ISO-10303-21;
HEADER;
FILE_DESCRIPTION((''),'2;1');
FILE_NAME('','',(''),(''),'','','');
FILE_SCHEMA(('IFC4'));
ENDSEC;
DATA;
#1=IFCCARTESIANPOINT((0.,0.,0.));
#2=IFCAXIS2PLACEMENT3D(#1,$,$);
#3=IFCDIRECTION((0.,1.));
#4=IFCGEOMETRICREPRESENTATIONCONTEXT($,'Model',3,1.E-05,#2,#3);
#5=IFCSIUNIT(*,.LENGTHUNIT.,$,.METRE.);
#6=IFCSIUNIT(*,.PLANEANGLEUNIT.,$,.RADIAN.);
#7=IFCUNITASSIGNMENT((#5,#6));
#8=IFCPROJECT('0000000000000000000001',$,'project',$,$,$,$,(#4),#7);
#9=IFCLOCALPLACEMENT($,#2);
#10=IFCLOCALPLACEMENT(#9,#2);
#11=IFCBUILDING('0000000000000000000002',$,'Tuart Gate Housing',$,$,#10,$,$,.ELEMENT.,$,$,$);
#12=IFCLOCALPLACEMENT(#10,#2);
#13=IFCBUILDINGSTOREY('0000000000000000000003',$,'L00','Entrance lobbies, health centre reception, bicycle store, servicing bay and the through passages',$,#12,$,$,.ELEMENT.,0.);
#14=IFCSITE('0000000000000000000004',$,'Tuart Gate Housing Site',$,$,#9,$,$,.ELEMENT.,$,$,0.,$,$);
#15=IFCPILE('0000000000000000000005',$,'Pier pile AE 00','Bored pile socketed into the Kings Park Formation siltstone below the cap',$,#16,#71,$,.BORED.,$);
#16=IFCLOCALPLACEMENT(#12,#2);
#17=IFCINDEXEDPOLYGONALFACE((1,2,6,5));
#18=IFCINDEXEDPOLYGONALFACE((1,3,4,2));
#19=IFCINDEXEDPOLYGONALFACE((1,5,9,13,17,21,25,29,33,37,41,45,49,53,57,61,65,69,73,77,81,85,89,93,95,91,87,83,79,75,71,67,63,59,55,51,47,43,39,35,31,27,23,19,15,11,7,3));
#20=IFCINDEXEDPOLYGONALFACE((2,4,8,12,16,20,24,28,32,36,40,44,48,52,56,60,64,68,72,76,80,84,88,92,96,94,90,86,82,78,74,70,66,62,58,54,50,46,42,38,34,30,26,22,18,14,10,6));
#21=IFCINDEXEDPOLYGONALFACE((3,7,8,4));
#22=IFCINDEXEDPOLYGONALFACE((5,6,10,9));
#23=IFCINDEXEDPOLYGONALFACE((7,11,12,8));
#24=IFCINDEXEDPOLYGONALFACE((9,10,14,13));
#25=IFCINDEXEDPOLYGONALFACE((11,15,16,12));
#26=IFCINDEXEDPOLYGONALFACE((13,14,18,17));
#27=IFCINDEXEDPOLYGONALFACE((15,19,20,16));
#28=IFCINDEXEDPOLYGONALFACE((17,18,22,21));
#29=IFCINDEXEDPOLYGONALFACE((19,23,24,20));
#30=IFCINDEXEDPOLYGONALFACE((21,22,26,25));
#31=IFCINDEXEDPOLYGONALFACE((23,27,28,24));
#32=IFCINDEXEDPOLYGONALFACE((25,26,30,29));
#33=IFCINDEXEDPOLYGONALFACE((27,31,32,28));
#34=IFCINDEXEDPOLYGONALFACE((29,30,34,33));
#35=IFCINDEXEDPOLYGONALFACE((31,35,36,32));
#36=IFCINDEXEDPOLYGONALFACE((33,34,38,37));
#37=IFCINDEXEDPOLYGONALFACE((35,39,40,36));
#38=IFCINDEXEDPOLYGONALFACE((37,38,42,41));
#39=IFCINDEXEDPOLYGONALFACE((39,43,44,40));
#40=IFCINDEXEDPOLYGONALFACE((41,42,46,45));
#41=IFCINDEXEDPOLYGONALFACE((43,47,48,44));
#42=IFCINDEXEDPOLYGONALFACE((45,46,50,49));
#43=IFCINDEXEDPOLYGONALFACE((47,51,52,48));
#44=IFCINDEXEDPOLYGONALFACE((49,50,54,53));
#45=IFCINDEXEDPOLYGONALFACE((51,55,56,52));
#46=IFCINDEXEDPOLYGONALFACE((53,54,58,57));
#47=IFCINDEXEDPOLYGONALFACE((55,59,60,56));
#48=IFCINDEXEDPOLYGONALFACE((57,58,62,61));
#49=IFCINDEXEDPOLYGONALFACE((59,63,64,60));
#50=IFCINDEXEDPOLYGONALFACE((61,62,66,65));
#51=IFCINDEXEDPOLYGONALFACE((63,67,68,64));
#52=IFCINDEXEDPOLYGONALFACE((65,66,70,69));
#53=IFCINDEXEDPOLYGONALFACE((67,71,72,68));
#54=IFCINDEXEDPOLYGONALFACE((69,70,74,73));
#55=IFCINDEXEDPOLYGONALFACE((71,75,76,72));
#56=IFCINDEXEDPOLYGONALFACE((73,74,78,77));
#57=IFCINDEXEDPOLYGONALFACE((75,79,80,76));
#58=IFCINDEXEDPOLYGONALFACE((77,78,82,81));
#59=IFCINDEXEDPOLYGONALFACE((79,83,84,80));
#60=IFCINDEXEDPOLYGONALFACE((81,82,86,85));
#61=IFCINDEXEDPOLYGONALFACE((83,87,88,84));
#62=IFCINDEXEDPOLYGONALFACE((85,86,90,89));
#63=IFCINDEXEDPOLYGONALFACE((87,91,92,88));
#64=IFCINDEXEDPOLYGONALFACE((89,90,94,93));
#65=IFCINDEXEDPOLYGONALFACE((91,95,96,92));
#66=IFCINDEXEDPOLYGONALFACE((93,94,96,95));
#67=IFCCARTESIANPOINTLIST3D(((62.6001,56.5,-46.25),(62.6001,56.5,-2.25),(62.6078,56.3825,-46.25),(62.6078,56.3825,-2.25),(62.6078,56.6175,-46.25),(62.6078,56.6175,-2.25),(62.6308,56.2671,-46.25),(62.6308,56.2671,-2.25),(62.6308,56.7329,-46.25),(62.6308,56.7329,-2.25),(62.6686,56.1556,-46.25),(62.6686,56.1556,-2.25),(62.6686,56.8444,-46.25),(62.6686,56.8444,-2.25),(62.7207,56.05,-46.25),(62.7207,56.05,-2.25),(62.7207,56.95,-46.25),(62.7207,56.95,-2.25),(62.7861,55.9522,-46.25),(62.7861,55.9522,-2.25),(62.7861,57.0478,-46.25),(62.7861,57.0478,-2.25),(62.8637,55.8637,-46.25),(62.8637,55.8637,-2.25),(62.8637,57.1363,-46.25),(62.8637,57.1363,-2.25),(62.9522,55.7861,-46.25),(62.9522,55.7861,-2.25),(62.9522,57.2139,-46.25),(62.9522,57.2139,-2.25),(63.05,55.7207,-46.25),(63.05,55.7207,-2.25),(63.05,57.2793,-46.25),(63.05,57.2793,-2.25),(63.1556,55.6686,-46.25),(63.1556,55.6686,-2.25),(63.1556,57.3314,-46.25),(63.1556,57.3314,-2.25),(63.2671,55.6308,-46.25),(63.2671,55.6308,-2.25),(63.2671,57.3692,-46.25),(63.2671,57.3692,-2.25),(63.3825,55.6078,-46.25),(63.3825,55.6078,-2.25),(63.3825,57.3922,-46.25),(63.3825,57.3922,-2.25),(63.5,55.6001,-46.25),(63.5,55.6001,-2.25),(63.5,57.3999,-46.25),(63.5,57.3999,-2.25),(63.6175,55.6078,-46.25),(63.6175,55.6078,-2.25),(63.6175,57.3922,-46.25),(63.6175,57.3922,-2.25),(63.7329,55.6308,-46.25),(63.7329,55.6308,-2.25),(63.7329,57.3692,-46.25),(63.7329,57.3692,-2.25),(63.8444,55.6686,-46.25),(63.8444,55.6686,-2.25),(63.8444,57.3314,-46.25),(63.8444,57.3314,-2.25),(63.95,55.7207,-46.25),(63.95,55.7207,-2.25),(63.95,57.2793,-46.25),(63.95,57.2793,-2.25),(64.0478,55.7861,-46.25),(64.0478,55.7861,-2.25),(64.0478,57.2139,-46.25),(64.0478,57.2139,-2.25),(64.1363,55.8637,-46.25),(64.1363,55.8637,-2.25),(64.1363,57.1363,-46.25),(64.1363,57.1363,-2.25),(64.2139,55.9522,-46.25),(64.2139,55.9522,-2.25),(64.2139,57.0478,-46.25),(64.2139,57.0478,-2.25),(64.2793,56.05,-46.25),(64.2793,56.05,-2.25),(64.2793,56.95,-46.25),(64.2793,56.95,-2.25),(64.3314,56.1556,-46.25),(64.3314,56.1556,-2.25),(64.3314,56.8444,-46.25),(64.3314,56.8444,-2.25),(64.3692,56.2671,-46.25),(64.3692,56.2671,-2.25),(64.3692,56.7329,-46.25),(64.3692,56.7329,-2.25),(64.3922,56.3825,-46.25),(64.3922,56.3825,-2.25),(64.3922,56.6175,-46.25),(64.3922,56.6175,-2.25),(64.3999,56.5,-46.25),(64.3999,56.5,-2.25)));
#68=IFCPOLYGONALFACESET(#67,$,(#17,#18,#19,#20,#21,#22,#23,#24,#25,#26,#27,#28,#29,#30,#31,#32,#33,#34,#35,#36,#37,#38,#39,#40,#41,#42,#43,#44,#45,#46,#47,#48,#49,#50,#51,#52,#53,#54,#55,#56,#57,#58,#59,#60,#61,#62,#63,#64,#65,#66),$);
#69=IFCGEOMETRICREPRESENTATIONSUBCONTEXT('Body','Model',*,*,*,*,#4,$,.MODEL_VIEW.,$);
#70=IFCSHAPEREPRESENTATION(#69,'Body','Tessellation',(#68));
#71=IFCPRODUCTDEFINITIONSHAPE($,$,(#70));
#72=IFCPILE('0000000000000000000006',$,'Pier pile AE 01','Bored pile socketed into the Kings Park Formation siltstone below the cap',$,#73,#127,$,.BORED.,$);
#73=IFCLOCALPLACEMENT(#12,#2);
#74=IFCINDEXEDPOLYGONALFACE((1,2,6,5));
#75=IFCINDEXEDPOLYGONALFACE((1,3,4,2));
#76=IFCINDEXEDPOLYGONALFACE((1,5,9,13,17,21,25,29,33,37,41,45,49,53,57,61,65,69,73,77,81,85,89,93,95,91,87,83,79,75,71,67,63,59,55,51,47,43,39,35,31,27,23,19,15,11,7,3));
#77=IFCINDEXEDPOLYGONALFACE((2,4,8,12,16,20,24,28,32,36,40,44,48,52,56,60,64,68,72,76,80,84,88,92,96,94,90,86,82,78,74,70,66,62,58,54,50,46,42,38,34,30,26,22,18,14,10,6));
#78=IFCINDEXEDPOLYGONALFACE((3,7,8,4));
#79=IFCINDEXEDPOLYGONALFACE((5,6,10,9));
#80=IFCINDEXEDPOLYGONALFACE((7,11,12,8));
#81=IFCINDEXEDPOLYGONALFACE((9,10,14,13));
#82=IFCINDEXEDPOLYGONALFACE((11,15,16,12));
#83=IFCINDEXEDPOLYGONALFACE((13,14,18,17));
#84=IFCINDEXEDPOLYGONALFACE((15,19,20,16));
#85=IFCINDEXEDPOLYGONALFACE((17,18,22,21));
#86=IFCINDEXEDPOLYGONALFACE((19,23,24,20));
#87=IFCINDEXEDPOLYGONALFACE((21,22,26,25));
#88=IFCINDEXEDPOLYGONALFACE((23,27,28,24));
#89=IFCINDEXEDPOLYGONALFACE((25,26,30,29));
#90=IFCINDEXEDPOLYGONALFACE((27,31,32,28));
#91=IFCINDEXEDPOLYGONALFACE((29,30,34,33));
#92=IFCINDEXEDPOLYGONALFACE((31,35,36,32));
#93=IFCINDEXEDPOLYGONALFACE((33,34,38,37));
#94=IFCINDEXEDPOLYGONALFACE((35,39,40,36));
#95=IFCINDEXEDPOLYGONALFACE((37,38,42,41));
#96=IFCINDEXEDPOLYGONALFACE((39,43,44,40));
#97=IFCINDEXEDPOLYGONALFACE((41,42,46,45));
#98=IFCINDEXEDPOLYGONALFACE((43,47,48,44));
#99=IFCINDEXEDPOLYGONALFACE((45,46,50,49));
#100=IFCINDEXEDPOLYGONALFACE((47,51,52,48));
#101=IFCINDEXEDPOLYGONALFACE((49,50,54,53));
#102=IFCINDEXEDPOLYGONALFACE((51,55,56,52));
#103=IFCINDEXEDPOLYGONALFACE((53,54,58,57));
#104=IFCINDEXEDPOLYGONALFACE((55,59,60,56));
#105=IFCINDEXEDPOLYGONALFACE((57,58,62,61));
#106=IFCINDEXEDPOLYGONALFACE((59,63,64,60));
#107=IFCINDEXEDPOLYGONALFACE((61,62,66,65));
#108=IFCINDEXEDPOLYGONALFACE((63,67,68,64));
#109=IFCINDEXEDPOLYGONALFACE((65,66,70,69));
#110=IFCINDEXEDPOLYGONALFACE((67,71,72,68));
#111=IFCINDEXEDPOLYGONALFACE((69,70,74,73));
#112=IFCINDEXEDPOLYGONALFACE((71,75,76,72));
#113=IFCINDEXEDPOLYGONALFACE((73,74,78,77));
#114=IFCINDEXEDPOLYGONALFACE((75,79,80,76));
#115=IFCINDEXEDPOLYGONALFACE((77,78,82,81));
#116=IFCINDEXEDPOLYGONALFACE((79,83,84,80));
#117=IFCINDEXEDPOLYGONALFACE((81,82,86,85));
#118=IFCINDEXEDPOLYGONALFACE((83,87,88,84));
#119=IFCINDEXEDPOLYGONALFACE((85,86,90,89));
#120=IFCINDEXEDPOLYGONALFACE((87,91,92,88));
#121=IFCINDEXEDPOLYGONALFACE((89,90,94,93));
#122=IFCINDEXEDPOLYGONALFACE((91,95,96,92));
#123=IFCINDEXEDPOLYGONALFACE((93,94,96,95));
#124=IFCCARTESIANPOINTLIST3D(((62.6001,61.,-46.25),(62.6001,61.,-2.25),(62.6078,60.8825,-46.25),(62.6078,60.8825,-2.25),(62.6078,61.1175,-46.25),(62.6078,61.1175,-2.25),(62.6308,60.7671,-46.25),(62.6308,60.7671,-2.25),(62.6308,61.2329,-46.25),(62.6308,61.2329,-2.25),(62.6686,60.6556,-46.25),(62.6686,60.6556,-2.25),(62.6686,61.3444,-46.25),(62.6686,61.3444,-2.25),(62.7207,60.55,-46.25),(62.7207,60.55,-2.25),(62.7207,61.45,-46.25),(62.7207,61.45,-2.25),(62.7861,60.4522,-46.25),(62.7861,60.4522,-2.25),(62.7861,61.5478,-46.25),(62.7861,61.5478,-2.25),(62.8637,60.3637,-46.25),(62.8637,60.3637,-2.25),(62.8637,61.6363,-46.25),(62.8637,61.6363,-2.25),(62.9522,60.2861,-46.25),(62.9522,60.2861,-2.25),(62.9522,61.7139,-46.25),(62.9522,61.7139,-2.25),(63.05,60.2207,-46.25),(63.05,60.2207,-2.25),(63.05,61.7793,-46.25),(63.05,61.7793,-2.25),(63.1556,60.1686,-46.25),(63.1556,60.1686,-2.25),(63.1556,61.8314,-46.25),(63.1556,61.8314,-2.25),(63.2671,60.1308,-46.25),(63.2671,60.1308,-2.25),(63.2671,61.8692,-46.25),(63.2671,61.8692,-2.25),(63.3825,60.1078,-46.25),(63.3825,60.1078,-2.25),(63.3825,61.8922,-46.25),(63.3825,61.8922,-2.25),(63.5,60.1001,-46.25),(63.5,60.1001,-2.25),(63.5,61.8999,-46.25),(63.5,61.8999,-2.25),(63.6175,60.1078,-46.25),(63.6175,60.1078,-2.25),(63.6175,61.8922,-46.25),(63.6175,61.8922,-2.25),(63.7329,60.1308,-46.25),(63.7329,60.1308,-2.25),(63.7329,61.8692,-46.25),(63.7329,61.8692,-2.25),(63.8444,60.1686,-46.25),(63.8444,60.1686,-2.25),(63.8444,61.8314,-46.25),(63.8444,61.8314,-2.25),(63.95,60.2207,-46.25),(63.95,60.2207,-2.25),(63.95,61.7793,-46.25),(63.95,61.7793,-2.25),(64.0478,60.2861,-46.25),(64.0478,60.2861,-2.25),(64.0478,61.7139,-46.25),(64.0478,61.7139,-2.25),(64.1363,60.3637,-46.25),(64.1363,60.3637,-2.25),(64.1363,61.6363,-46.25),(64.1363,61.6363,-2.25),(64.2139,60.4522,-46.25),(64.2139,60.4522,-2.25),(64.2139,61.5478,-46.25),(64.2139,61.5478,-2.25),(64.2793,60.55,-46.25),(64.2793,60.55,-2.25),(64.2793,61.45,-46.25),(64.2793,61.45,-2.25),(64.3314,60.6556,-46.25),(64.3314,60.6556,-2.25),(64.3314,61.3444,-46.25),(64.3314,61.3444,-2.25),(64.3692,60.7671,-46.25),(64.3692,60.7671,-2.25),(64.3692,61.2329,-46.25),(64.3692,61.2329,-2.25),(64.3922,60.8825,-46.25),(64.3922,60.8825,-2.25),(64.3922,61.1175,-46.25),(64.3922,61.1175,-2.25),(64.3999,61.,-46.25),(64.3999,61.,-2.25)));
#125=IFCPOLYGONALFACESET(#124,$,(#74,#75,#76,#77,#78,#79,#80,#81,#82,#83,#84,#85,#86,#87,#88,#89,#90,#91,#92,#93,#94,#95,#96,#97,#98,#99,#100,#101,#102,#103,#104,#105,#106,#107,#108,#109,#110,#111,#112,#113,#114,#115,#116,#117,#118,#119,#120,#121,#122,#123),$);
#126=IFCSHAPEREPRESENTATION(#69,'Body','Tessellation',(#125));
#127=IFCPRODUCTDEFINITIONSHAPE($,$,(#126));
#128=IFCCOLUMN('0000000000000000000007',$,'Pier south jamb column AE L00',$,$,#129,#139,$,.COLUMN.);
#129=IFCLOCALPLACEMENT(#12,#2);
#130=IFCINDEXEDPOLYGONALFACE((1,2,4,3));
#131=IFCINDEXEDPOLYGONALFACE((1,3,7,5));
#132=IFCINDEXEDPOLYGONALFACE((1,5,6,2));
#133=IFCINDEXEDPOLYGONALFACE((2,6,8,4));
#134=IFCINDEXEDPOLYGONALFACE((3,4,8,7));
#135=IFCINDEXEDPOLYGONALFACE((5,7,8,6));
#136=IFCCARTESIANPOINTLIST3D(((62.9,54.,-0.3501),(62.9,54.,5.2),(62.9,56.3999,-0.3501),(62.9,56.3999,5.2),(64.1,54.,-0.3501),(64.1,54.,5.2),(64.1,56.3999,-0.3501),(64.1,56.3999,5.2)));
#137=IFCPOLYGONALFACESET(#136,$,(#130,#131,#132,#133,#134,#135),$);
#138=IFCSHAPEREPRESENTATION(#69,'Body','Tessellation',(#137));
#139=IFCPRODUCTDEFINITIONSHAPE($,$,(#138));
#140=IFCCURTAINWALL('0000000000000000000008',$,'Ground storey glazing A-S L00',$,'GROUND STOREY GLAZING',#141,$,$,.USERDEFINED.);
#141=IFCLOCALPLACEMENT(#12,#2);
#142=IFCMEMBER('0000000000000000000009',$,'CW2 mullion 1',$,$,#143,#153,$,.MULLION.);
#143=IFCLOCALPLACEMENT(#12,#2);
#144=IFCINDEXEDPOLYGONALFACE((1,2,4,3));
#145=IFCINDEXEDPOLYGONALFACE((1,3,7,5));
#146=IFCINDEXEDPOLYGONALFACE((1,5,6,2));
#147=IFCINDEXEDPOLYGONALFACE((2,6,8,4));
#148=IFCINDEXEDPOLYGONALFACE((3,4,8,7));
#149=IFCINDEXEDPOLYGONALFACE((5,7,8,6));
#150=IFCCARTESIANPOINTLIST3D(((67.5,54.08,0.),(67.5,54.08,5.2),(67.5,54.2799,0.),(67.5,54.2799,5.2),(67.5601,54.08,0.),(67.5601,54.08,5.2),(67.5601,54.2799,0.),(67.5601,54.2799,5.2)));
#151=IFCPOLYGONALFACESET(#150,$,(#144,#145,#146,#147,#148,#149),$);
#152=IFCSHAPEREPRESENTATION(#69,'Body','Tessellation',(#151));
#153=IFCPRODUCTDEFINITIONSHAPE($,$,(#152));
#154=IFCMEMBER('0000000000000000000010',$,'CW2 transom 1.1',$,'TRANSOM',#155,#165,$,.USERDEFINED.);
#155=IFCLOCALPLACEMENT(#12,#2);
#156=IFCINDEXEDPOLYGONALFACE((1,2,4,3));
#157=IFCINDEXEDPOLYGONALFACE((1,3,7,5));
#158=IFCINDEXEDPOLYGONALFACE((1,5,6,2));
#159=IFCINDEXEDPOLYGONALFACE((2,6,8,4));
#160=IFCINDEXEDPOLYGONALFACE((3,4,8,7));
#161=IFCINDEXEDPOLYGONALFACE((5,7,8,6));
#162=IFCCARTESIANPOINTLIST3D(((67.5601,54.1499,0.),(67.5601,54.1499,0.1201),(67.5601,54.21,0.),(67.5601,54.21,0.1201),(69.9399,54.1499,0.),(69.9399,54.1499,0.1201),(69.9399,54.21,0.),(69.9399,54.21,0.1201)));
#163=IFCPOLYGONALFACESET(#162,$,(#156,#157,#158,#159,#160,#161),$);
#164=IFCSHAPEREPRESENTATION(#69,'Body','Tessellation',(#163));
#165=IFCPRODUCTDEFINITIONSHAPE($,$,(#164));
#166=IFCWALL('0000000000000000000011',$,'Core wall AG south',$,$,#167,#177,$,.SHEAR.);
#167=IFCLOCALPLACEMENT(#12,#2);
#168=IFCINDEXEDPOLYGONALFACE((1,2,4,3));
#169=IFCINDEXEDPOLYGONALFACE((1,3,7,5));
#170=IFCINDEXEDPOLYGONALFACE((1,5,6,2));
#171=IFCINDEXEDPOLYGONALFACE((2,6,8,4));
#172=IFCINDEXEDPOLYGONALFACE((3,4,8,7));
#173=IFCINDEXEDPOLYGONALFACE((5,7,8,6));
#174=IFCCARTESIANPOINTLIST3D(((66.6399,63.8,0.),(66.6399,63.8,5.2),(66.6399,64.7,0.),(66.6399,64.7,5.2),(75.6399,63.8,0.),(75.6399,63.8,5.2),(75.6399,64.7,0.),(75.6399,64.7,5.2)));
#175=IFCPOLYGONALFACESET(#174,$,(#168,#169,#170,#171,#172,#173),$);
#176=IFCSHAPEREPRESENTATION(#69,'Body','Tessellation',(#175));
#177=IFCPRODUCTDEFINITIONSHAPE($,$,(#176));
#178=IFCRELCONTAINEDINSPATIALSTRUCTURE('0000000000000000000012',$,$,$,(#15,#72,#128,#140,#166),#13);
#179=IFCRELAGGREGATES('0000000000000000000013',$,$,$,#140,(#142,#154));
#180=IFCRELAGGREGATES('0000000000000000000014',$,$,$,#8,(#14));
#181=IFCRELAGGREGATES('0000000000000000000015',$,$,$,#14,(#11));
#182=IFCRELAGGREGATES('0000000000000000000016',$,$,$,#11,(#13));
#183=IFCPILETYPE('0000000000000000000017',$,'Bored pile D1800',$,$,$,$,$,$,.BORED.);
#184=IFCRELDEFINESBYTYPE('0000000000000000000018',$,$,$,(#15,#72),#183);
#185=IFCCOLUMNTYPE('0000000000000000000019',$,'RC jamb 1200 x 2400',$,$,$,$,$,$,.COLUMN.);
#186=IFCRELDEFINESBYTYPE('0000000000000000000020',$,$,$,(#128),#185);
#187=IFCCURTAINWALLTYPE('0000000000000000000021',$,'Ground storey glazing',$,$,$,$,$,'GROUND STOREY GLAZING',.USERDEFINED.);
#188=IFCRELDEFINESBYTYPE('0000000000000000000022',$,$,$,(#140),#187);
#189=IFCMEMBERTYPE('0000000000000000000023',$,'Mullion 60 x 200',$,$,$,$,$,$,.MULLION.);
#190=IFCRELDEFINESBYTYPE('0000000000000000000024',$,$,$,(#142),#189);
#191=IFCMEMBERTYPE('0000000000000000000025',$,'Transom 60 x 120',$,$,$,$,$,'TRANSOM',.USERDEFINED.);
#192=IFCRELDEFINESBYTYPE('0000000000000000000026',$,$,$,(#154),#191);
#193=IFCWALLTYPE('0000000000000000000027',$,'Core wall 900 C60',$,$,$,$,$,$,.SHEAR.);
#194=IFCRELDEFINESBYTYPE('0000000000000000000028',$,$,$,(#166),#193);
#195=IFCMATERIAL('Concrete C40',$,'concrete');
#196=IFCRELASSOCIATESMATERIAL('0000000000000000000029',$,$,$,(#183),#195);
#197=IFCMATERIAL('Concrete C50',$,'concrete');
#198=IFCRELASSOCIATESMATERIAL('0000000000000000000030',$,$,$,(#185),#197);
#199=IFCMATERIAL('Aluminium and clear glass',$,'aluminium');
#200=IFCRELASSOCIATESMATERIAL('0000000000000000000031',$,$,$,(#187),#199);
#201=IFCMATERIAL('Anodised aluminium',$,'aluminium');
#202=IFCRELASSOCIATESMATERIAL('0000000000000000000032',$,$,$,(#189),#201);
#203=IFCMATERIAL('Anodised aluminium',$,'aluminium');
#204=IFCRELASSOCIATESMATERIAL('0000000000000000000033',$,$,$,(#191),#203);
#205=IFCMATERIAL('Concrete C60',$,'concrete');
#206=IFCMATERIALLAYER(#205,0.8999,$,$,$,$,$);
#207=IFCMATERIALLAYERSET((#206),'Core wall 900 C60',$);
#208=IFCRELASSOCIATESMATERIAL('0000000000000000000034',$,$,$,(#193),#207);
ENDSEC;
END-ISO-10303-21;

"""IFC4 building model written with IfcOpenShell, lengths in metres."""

from ifc_helpers import new_model, si_unit, direction, frame, frame_2d, origin, origin_2d, place, context, subcontext, project, spatial, rectangle, circle, extrude, material, layer, layer_set, material_profile, profile_set, type_object, element, aggregate, save


model = new_model("IFC4")

# Units and contexts
model_context = context("Model", 3, precision=1e-05, world=origin(), true_north=direction((0.0, 1.0)))
body_context = subcontext(model_context, "Body", "Model", "MODEL_VIEW")
ifc_project = project(units=[si_unit("LENGTHUNIT", "METRE"), si_unit("PLANEANGLEUNIT", "RADIAN")], contexts=[model_context])

# Site, building, storey
site_placement = place(None, origin())
site = spatial("IfcSite", under=ifc_project, at=site_placement, Name="Tuart Gate Housing Site", CompositionType="ELEMENT", RefElevation=0.0)
building_placement = place(site_placement, origin())
building = spatial("IfcBuilding", under=site, at=building_placement, Name="Tuart Gate Housing", CompositionType="ELEMENT")
storey_placement = place(building_placement, origin())
storey = spatial("IfcBuildingStorey", under=building, at=storey_placement, Name="L00", Description="Entrance lobbies, health centre reception, bicycle store, servicing bay and the through passages", CompositionType="ELEMENT", Elevation=0.0)

# Piles
ifc_material_1 = material(Name="Concrete C40", Category="concrete")
ifc_material_profile_1 = material_profile(ifc_material_1, circle(Radius=0.8999, at=origin_2d()), Name="Bored pile D1800")
ifc_profile_set_1 = profile_set([ifc_material_profile_1], Name="Concrete C40")
pile_type = type_object("IfcPileType", Name="Bored pile D1800", PredefinedType="BORED", material=ifc_profile_set_1)
for number, where, z_axis, x_axis, name in (
    (1, (63.5, 56.5, -2.25), (0.0, 0.0, -1.0), (1.0, 0.0, 0.0), "Pier pile AE 00"),
    (2, (63.5, 61.0, -2.25), (0.0, 0.0, -1.0), (1.0, 0.0, 0.0), "Pier pile AE 01"),
):
    element("IfcPile", number, at=place(storey_placement, frame(where, z_axis=z_axis, x_axis=x_axis)), inside=storey, type_object=pile_type, Name=name, Description="Bored pile socketed into the Kings Park Formation siltstone below the cap", PredefinedType="BORED", context=body_context, shape_type="SweptSolid", body=[
        extrude(circle(Radius=0.8999, at=origin_2d()), origin(), (0.0, 0.0, 1.0), 44.0),
    ])

# Column
ifc_material_2 = material(Name="Concrete C50", Category="concrete")
ifc_material_profile_2 = material_profile(ifc_material_2, rectangle(XDim=1.2, YDim=2.3999, at=origin_2d()), Name="RC jamb 1200 x 2400")
ifc_profile_set_2 = profile_set([ifc_material_profile_2], Name="Concrete C50")
column_type = type_object("IfcColumnType", Name="RC jamb 1200 x 2400", PredefinedType="COLUMN", material=ifc_profile_set_2)
column_placement = place(storey_placement, frame((63.5, 55.2, -0.3501), z_axis=(0.0, 0.0, 1.0), x_axis=(1.0, 0.0, 0.0)))
element("IfcColumn", 3, at=column_placement, inside=storey, type_object=column_type, Name="Pier south jamb column AE L00", PredefinedType="COLUMN", context=body_context, shape_type="SweptSolid", body=[
    extrude(rectangle(XDim=1.2, YDim=2.3999, at=origin_2d()), origin(), (0.0, 0.0, 1.0), 5.55),
])

# Curtain wall, members
ifc_material_3 = material(Name="Aluminium and clear glass", Category="aluminium")
curtain_wall_type = type_object("IfcCurtainWallType", Name="Ground storey glazing", ElementType="GROUND STOREY GLAZING", PredefinedType="USERDEFINED", material=ifc_material_3)
curtain_wall_placement = place(storey_placement, origin())
curtain_wall = element("IfcCurtainWall", 4, at=curtain_wall_placement, inside=storey, type_object=curtain_wall_type, Name="Ground storey glazing A-S L00", ObjectType="GROUND STOREY GLAZING", PredefinedType="USERDEFINED")
ifc_material_4 = material(Name="Anodised aluminium", Category="aluminium")
ifc_material_profile_3 = material_profile(ifc_material_4, rectangle(XDim=0.0601, YDim=0.2, at=origin_2d()), Name="60x200")
ifc_profile_set_3 = profile_set([ifc_material_profile_3], Name="Anodised aluminium")
member_type_1 = type_object("IfcMemberType", Name="Mullion 60 x 200", PredefinedType="MULLION", material=ifc_profile_set_3)
member_1_placement = place(storey_placement, frame((67.53, 54.1799, 0.0), z_axis=(0.0, 0.0, 1.0), x_axis=(1.0, 0.0, 0.0)))
member_1 = element("IfcMember", 5, at=member_1_placement, type_object=member_type_1, Name="CW2 mullion 1", PredefinedType="MULLION", context=body_context, shape_type="SweptSolid", body=[
    extrude(rectangle(XDim=0.0601, YDim=0.2, at=origin_2d()), origin(), (0.0, 0.0, 1.0), 5.2),
])
ifc_material_5 = material(Name="Anodised aluminium", Category="aluminium")
ifc_material_profile_4 = material_profile(ifc_material_5, rectangle(XDim=0.0601, YDim=0.1201, at=origin_2d()), Name="60x120")
ifc_profile_set_4 = profile_set([ifc_material_profile_4], Name="Anodised aluminium")
member_type_2 = type_object("IfcMemberType", Name="Transom 60 x 120", ElementType="TRANSOM", PredefinedType="USERDEFINED", material=ifc_profile_set_4)
member_2_placement = place(storey_placement, frame((67.5601, 54.1799, 0.0601), z_axis=(1.0, 0.0, 0.0), x_axis=(0.0, 1.0, 0.0)))
member_2 = element("IfcMember", 6, at=member_2_placement, type_object=member_type_2, Name="CW2 transom 1.1", ObjectType="TRANSOM", PredefinedType="USERDEFINED", context=body_context, shape_type="SweptSolid", body=[
    extrude(rectangle(XDim=0.0601, YDim=0.1201, at=origin_2d()), origin(), (0.0, 0.0, 1.0), 2.3799),
])
aggregate(curtain_wall, [member_1, member_2])

# Wall
ifc_material_6 = material(Name="Concrete C60", Category="concrete")
ifc_layer_1 = layer(ifc_material_6, 0.8999)
ifc_layer_set_1 = layer_set([ifc_layer_1], Name="Core wall 900 C60")
wall_type_1 = type_object("IfcWallType", Name="Core wall 900 C60", PredefinedType="SHEAR", material=ifc_layer_set_1)
wall_1_placement = place(storey_placement, frame((66.6399, 64.25, 0.0), z_axis=(0.0, 0.0, 1.0), x_axis=(1.0, 0.0, 0.0)))
element("IfcWall", 7, at=wall_1_placement, inside=storey, type_object=wall_type_1, Name="Core wall AG south", PredefinedType="SHEAR", context=body_context, shape_type="SweptSolid", body=[
    extrude(rectangle(XDim=9.0, YDim=0.8999, at=frame_2d((4.5, 0.0))), origin(), (0.0, 0.0, 1.0), 5.2),
])

save(model, "model.ifc")
